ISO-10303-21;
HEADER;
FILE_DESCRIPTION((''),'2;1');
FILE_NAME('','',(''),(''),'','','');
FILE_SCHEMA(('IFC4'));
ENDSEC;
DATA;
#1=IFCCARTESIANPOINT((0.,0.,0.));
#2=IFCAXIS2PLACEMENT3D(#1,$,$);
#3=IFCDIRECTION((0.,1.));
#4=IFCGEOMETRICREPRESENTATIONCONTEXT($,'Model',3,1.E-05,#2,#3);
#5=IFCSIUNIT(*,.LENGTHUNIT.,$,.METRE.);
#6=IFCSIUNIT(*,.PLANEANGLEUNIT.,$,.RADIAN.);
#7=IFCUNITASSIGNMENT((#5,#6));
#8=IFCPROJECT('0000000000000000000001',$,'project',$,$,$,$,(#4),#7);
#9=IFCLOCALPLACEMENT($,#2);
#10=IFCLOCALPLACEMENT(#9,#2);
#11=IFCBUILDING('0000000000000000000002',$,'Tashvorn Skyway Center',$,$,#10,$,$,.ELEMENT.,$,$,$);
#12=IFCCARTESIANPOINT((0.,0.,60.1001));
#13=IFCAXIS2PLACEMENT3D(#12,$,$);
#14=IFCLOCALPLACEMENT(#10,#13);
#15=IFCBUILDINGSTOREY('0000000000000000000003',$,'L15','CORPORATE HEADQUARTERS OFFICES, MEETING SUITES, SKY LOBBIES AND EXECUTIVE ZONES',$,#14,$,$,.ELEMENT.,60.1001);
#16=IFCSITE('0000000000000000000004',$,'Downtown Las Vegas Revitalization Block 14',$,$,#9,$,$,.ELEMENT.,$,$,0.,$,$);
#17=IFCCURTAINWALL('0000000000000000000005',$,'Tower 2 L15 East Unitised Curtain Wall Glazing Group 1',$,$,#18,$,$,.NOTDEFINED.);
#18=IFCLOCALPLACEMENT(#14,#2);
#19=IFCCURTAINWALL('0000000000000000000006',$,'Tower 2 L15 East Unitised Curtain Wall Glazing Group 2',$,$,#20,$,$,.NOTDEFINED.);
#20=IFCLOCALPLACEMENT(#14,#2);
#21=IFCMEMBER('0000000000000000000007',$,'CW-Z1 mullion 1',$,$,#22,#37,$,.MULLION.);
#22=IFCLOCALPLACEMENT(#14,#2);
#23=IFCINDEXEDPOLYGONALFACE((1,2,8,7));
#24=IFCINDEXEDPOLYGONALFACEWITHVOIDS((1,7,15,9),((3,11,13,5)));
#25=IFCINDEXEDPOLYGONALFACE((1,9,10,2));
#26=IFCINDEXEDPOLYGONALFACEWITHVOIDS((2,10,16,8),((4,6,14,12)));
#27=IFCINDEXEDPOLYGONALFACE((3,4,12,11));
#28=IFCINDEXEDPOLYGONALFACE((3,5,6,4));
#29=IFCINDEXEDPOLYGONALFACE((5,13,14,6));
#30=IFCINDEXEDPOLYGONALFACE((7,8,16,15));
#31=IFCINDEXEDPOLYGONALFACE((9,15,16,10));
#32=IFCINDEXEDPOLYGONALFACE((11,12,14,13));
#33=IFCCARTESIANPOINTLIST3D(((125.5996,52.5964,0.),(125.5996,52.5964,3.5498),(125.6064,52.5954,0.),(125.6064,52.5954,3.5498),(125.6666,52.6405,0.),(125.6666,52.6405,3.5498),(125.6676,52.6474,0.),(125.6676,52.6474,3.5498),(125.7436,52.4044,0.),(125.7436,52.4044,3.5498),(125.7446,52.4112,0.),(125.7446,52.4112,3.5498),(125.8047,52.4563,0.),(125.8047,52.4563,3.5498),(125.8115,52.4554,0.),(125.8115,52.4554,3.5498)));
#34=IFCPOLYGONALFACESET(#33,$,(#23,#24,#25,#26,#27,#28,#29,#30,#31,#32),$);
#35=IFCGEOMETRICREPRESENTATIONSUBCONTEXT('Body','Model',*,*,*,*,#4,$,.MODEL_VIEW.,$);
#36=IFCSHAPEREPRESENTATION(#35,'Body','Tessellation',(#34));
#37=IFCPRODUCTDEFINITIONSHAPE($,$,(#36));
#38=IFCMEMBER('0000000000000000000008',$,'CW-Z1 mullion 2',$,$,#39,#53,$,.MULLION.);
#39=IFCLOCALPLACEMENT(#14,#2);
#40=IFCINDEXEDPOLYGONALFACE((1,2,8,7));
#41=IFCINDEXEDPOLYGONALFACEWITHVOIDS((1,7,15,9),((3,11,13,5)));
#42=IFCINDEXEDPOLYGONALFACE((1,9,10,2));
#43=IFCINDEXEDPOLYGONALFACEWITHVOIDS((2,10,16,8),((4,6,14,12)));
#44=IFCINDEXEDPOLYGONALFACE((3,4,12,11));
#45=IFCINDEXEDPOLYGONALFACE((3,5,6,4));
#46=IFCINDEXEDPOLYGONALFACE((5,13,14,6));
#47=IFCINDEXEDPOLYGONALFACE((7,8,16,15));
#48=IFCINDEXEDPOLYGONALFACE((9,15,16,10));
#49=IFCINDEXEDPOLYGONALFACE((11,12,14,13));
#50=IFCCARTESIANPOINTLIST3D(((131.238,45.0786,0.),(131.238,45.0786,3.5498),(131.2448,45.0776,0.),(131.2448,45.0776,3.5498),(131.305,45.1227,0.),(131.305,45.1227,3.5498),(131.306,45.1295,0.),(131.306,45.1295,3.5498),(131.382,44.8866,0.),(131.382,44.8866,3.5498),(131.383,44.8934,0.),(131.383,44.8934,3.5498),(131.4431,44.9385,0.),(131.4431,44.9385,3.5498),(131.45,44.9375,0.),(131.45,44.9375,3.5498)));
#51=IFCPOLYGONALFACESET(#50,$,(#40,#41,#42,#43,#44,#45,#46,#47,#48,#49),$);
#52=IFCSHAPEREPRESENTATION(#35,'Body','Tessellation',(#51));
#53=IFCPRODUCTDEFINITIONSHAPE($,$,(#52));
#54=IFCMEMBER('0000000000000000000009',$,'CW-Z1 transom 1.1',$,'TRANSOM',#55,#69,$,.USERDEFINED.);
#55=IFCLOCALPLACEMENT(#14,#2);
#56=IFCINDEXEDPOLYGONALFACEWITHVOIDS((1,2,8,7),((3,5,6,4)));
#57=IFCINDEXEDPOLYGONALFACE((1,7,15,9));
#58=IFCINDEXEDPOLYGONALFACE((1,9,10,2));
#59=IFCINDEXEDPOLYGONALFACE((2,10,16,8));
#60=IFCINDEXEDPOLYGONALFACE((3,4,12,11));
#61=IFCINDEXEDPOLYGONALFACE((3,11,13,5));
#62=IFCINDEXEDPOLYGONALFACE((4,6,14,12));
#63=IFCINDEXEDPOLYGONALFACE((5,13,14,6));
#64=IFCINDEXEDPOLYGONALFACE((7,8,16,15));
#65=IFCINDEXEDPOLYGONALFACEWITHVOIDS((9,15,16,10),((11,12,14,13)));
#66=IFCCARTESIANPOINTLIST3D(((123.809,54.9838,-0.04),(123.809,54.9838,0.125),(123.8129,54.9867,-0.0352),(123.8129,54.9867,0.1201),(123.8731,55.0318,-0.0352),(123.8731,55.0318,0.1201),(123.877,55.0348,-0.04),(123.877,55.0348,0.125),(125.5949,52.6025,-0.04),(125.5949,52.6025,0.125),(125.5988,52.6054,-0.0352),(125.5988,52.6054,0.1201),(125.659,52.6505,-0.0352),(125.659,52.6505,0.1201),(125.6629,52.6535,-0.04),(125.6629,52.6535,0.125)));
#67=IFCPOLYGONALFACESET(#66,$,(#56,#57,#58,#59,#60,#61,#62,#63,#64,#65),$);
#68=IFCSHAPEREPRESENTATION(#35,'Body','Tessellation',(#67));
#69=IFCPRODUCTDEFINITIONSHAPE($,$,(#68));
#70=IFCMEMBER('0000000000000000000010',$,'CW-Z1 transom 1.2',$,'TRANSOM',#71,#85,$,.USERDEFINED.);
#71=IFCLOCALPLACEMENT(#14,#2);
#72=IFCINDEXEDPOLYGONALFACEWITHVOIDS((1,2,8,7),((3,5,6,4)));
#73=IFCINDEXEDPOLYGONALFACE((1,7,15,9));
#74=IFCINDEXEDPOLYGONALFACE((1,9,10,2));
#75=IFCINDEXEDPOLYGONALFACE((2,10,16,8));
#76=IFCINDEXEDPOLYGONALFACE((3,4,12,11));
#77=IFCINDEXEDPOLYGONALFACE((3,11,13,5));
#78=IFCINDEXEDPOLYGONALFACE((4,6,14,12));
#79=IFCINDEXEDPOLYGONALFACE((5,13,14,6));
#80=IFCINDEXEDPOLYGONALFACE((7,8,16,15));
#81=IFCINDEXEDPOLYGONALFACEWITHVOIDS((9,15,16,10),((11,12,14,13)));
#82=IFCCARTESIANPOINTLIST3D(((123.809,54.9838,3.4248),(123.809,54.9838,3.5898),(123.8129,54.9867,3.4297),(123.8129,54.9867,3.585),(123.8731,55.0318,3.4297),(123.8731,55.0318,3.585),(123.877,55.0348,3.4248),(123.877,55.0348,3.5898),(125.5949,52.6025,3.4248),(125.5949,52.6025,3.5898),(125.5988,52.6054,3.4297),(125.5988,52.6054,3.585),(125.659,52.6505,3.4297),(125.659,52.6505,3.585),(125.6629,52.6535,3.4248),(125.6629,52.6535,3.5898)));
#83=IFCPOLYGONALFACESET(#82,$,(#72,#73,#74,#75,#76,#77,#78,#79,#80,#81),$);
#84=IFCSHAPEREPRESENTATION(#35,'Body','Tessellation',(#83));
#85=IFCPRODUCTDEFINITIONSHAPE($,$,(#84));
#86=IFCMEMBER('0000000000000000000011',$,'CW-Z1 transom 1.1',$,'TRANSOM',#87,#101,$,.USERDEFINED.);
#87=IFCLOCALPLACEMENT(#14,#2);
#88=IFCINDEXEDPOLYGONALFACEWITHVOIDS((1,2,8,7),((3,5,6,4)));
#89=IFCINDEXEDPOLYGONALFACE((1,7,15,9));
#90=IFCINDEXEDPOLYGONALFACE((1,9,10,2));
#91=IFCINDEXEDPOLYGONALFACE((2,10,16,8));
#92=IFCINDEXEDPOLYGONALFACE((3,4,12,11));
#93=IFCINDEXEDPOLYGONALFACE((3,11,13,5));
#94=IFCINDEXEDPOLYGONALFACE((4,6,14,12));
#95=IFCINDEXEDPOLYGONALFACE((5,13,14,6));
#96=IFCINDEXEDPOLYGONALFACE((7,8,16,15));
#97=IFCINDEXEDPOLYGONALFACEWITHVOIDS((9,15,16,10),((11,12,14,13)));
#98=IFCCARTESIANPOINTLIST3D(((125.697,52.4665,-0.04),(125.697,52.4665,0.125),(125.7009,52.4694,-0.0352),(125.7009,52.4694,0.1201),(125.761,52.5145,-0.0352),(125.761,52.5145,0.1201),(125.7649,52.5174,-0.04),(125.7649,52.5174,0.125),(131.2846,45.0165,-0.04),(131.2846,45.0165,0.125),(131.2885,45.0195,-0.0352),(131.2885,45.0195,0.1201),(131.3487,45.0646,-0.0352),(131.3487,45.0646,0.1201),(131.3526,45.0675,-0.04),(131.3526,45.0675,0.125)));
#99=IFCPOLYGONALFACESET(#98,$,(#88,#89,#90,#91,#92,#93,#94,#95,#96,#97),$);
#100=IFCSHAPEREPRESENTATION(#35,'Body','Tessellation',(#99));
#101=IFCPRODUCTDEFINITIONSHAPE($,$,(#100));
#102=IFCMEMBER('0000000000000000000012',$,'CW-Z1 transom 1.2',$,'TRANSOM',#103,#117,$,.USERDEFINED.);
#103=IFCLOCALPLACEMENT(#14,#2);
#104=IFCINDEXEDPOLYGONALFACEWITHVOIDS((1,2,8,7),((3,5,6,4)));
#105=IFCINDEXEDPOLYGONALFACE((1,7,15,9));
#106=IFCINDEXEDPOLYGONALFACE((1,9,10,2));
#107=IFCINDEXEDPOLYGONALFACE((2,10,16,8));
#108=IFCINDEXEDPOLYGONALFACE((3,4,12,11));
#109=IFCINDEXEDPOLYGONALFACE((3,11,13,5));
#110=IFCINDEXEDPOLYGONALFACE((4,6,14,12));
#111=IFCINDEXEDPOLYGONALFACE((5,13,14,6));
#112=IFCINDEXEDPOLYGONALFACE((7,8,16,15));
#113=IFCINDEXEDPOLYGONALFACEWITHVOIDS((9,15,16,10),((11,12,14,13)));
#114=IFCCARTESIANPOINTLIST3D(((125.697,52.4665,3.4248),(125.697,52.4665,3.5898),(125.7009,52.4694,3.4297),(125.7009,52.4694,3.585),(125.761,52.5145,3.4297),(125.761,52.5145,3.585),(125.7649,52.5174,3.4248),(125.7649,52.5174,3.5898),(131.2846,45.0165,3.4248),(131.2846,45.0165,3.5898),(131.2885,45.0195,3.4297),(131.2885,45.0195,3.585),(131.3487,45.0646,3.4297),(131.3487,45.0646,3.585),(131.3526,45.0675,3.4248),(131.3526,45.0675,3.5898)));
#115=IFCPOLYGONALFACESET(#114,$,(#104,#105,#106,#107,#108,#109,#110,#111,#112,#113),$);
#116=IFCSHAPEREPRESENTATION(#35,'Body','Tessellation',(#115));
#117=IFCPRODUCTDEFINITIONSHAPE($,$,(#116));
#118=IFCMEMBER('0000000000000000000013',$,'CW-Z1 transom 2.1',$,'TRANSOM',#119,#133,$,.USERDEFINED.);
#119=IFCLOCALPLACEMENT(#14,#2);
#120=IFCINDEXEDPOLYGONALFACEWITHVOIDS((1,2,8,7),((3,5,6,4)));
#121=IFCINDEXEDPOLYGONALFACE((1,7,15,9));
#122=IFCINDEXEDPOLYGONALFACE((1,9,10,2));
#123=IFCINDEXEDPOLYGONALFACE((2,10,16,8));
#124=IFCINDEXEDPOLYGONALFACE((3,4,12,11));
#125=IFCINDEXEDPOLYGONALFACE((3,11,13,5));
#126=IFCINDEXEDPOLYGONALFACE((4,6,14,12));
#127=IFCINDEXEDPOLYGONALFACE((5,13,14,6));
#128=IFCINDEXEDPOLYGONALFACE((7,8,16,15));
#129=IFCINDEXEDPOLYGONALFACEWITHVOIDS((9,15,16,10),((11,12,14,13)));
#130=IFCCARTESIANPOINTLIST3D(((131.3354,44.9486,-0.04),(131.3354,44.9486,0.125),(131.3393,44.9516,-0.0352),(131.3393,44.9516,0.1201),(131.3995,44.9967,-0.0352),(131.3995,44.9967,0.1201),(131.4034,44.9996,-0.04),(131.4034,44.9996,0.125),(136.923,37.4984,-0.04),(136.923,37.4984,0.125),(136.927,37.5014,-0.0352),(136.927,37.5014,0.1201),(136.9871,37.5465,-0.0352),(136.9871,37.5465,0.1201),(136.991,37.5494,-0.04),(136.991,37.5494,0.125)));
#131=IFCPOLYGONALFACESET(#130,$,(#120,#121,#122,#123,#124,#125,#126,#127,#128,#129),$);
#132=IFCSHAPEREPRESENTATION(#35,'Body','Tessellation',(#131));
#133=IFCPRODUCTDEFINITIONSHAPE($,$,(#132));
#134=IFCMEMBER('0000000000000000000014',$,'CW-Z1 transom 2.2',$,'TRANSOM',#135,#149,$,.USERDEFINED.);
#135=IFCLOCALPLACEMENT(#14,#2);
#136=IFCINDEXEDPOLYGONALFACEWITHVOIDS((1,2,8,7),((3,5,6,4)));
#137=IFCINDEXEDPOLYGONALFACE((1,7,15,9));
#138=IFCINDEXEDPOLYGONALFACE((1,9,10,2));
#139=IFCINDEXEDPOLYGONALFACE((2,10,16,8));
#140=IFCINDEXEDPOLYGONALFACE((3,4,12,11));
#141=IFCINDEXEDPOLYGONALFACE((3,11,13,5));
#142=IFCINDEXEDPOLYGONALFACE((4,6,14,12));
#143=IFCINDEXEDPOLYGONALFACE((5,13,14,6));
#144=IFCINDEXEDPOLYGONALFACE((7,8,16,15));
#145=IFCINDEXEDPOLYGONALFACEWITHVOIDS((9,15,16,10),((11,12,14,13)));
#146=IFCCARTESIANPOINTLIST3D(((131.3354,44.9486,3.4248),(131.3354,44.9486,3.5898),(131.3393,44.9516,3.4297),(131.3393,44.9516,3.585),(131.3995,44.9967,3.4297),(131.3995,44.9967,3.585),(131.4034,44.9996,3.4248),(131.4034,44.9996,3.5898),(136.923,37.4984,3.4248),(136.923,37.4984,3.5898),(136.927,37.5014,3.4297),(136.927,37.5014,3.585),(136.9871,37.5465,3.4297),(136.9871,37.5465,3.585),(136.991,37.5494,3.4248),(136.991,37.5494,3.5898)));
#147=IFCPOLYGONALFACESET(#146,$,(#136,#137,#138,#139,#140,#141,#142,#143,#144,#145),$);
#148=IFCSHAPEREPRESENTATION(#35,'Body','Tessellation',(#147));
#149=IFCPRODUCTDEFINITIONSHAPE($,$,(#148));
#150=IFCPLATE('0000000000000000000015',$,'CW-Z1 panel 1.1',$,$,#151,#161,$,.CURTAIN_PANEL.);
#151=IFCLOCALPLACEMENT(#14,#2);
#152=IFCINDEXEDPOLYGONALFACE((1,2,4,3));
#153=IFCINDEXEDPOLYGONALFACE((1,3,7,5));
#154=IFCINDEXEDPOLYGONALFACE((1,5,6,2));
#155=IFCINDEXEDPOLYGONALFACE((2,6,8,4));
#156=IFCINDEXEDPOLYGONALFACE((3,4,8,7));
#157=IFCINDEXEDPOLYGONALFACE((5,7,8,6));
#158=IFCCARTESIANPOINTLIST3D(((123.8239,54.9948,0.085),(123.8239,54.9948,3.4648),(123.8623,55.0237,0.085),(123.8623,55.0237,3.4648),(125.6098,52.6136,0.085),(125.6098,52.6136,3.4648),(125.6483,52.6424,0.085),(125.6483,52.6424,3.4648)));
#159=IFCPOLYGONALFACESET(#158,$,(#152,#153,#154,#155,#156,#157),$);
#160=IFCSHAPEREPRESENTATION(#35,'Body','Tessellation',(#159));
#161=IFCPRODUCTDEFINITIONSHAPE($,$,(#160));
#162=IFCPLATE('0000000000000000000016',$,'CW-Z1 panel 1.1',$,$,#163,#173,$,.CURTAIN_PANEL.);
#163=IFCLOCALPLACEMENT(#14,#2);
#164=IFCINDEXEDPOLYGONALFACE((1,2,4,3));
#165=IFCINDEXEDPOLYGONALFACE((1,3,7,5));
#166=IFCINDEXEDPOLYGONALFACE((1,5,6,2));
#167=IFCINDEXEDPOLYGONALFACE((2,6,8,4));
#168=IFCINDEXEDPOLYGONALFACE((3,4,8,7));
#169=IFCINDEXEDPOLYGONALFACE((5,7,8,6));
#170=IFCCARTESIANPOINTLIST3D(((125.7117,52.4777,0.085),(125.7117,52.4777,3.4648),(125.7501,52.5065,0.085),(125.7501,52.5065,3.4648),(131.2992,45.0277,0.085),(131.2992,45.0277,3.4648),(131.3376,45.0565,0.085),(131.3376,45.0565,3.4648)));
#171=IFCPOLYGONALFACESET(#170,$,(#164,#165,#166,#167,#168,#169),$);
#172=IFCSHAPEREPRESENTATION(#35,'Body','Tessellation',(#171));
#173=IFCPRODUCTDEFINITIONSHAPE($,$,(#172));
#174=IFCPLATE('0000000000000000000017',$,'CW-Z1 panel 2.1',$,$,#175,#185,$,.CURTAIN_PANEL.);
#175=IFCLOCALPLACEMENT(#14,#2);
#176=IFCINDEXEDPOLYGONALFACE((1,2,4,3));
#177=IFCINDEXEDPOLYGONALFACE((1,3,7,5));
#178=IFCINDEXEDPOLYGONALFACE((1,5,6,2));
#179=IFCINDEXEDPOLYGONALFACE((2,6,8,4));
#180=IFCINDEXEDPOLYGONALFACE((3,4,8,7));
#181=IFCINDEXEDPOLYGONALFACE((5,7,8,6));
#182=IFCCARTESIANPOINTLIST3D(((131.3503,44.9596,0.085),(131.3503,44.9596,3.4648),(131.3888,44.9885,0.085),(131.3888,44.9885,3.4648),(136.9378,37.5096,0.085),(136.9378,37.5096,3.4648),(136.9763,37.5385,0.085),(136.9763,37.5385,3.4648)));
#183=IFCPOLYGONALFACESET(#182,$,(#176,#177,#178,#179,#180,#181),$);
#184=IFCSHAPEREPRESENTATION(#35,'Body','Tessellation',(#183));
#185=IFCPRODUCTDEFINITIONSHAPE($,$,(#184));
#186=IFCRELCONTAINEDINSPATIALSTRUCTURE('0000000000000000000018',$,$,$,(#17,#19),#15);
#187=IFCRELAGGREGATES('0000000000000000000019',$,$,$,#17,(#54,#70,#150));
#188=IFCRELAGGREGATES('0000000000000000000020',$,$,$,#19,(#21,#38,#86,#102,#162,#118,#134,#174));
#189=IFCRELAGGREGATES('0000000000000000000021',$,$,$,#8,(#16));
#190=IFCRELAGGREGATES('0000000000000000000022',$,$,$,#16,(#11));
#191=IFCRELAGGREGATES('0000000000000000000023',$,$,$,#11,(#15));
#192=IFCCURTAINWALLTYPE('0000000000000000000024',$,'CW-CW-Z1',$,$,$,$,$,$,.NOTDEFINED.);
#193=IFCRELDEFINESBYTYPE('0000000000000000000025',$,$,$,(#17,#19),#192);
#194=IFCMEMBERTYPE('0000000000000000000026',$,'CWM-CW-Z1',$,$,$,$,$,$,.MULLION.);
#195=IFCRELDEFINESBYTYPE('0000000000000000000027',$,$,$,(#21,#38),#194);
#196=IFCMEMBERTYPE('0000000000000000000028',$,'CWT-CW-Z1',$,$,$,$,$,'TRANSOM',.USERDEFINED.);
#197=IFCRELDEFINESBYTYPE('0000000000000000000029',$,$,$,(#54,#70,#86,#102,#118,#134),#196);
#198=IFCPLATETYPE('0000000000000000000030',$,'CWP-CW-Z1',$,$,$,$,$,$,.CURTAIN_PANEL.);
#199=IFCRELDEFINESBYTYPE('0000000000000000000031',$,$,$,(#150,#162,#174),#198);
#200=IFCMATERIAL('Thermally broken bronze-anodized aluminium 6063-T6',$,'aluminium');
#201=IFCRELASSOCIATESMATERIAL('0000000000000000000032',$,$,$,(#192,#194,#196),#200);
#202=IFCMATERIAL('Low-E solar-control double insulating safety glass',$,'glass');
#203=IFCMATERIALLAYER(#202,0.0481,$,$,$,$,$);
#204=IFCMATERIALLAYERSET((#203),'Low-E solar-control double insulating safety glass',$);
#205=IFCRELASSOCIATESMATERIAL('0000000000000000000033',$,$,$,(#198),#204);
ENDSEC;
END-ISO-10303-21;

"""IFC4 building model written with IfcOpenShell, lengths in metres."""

from ifc_helpers import new_model, si_unit, direction, frame, origin, origin_2d, place, context, subcontext, project, spatial, rectangle, hollow_rectangle, extrude, material, layer, layer_set, material_profile, profile_set, type_object, element, aggregate, save


model = new_model("IFC4")

# Units and contexts
model_context = context("Model", 3, precision=1e-05, world=origin(), true_north=direction((0.0, 1.0)))
body_context = subcontext(model_context, "Body", "Model", "MODEL_VIEW")
ifc_project = project(units=[si_unit("LENGTHUNIT", "METRE"), si_unit("PLANEANGLEUNIT", "RADIAN")], contexts=[model_context])

# Site, building, storey
site_placement = place(None, origin())
site = spatial("IfcSite", under=ifc_project, at=site_placement, Name="Downtown Las Vegas Revitalization Block 14", CompositionType="ELEMENT", RefElevation=0.0)
building_placement = place(site_placement, origin())
building = spatial("IfcBuilding", under=site, at=building_placement, Name="Tashvorn Skyway Center", CompositionType="ELEMENT")
storey_placement = place(building_placement, frame((0.0, 0.0, 60.1001)))
storey = spatial("IfcBuildingStorey", under=building, at=storey_placement, Name="L15", Description="CORPORATE HEADQUARTERS OFFICES, MEETING SUITES, SKY LOBBIES AND EXECUTIVE ZONES", CompositionType="ELEMENT", Elevation=60.1001)

# Curtain walls, members
ifc_material_1 = material(Name="Thermally broken bronze-anodized aluminium 6063-T6", Category="aluminium")
curtain_wall_type = type_object("IfcCurtainWallType", Name="CW-CW-Z1", PredefinedType="NOTDEFINED", material=ifc_material_1)
curtain_wall_1_placement = place(storey_placement, origin())
curtain_wall_1 = element("IfcCurtainWall", 1, at=curtain_wall_1_placement, inside=storey, type_object=curtain_wall_type, Name="Tower 2 L15 East Unitised Curtain Wall Glazing Group 1", PredefinedType="NOTDEFINED")
ifc_material_profile_1 = material_profile(ifc_material_1, hollow_rectangle(XDim=0.085, YDim=0.24, WallThickness=0.0049, at=origin_2d()), Name="ALU-MULL-85x240")
ifc_profile_set_1 = profile_set([ifc_material_profile_1], Name="Thermally broken bronze-anodized aluminium 6063-T6")
member_type_1 = type_object("IfcMemberType", Name="CWM-CW-Z1", PredefinedType="MULLION", material=ifc_profile_set_1)
curtain_wall_2_placement = place(storey_placement, origin())
curtain_wall_2 = element("IfcCurtainWall", 2, at=curtain_wall_2_placement, inside=storey, type_object=curtain_wall_type, Name="Tower 2 L15 East Unitised Curtain Wall Glazing Group 2", PredefinedType="NOTDEFINED")
member_1_placement = place(storey_placement, frame((125.7056, 52.5259, 0.0), z_axis=(0.0, 0.0, 1.0), x_axis=(0.8, 0.6, 0.0)))
member_1 = element("IfcMember", 3, at=member_1_placement, type_object=member_type_1, Name="CW-Z1 mullion 1", PredefinedType="MULLION", context=body_context, shape_type="SweptSolid", body=[
    extrude(hollow_rectangle(XDim=0.085, YDim=0.24, WallThickness=0.0049, at=origin_2d()), origin(), (0.0, 0.0, 1.0), 3.5498),
])
member_2_placement = place(storey_placement, frame((131.344, 45.0081, 0.0), z_axis=(0.0, 0.0, 1.0), x_axis=(0.8, 0.6, 0.0)))
member_2 = element("IfcMember", 4, at=member_2_placement, type_object=member_type_1, Name="CW-Z1 mullion 2", PredefinedType="MULLION", context=body_context, shape_type="SweptSolid", body=[
    extrude(hollow_rectangle(XDim=0.085, YDim=0.24, WallThickness=0.0049, at=origin_2d()), origin(), (0.0, 0.0, 1.0), 3.5498),
])

# Members
ifc_material_profile_2 = material_profile(ifc_material_1, hollow_rectangle(XDim=0.085, YDim=0.165, WallThickness=0.0049, at=origin_2d()), Name="ALU-TRAN-85x165")
ifc_profile_set_2 = profile_set([ifc_material_profile_2], Name="Thermally broken bronze-anodized aluminium 6063-T6")
member_type_2 = type_object("IfcMemberType", Name="CWT-CW-Z1", ElementType="TRANSOM", PredefinedType="USERDEFINED", material=ifc_profile_set_2)
member_3_placement = place(storey_placement, frame((123.843, 55.0093, 0.0425), z_axis=(0.599974, -0.80002, 0.0), x_axis=(0.80002, 0.599974, 0.0)))
member_3 = element("IfcMember", 5, at=member_3_placement, type_object=member_type_2, Name="CW-Z1 transom 1.1", ObjectType="TRANSOM", PredefinedType="USERDEFINED", context=body_context, shape_type="SweptSolid", body=[
    extrude(hollow_rectangle(XDim=0.085, YDim=0.165, WallThickness=0.0049, at=origin_2d()), origin(), (0.0, 0.0, 1.0), 2.9766),
])
member_4_placement = place(storey_placement, frame((123.843, 55.0093, 3.5073), z_axis=(0.599974, -0.80002, 0.0), x_axis=(0.80002, 0.599974, 0.0)))
member_4 = element("IfcMember", 6, at=member_4_placement, type_object=member_type_2, Name="CW-Z1 transom 1.2", ObjectType="TRANSOM", PredefinedType="USERDEFINED", context=body_context, shape_type="SweptSolid", body=[
    extrude(hollow_rectangle(XDim=0.085, YDim=0.165, WallThickness=0.0049, at=origin_2d()), origin(), (0.0, 0.0, 1.0), 2.9766),
])
member_5_placement = place(storey_placement, frame((125.731, 52.4919, 0.0425), z_axis=(0.600013, -0.799991, 0.0), x_axis=(0.799991, 0.600013, 0.0)))
member_5 = element("IfcMember", 7, at=member_5_placement, type_object=member_type_2, Name="CW-Z1 transom 1.1", ObjectType="TRANSOM", PredefinedType="USERDEFINED", context=body_context, shape_type="SweptSolid", body=[
    extrude(hollow_rectangle(XDim=0.085, YDim=0.165, WallThickness=0.0049, at=origin_2d()), origin(), (0.0, 0.0, 1.0), 9.3125),
])
member_6_placement = place(storey_placement, frame((125.731, 52.4919, 3.5073), z_axis=(0.600013, -0.799991, 0.0), x_axis=(0.799991, 0.600013, 0.0)))
member_6 = element("IfcMember", 8, at=member_6_placement, type_object=member_type_2, Name="CW-Z1 transom 1.2", ObjectType="TRANSOM", PredefinedType="USERDEFINED", context=body_context, shape_type="SweptSolid", body=[
    extrude(hollow_rectangle(XDim=0.085, YDim=0.165, WallThickness=0.0049, at=origin_2d()), origin(), (0.0, 0.0, 1.0), 9.3125),
])
member_7_placement = place(storey_placement, frame((131.3694, 44.9741, 0.0425), z_axis=(0.6, -0.8, 0.0), x_axis=(0.8, 0.6, 0.0)))
member_7 = element("IfcMember", 9, at=member_7_placement, type_object=member_type_2, Name="CW-Z1 transom 2.1", ObjectType="TRANSOM", PredefinedType="USERDEFINED", context=body_context, shape_type="SweptSolid", body=[
    extrude(hollow_rectangle(XDim=0.085, YDim=0.165, WallThickness=0.0049, at=origin_2d()), origin(), (0.0, 0.0, 1.0), 9.3127),
])
member_8_placement = place(storey_placement, frame((131.3694, 44.9741, 3.5073), z_axis=(0.6, -0.8, 0.0), x_axis=(0.8, 0.6, 0.0)))
member_8 = element("IfcMember", 10, at=member_8_placement, type_object=member_type_2, Name="CW-Z1 transom 2.2", ObjectType="TRANSOM", PredefinedType="USERDEFINED", context=body_context, shape_type="SweptSolid", body=[
    extrude(hollow_rectangle(XDim=0.085, YDim=0.165, WallThickness=0.0049, at=origin_2d()), origin(), (0.0, 0.0, 1.0), 9.3127),
])

# Plates
ifc_material_2 = material(Name="Low-E solar-control double insulating safety glass", Category="glass")
ifc_layer_1 = layer(ifc_material_2, 0.0481)
ifc_layer_set_1 = layer_set([ifc_layer_1], Name="Low-E solar-control double insulating safety glass")
plate_type = type_object("IfcPlateType", Name="CWP-CW-Z1", PredefinedType="CURTAIN_PANEL", material=ifc_layer_set_1)
plate_1_placement = place(storey_placement, frame((124.7361, 53.8186, 0.085), z_axis=(0.0, 0.0, 1.0), x_axis=(0.600005, -0.799996, 0.0)))
plate_1 = element("IfcPlate", 11, at=plate_1_placement, type_object=plate_type, Name="CW-Z1 panel 1.1", PredefinedType="CURTAIN_PANEL", context=body_context, shape_type="SweptSolid", body=[
    extrude(rectangle(XDim=2.9766, YDim=0.0481, at=origin_2d()), origin(), (0.0, 0.0, 1.0), 3.3799),
])
aggregate(curtain_wall_1, [member_3, member_4, plate_1])
plate_2_placement = place(storey_placement, frame((128.5247, 48.7671, 0.085), z_axis=(0.0, 0.0, 1.0), x_axis=(0.6, -0.8, 0.0)))
plate_2 = element("IfcPlate", 12, at=plate_2_placement, type_object=plate_type, Name="CW-Z1 panel 1.1", PredefinedType="CURTAIN_PANEL", context=body_context, shape_type="SweptSolid", body=[
    extrude(rectangle(XDim=9.3125, YDim=0.0481, at=origin_2d()), origin(), (0.0, 0.0, 1.0), 3.3799),
])
plate_3_placement = place(storey_placement, frame((134.1633, 41.249, 0.085), z_axis=(0.0, 0.0, 1.0), x_axis=(0.6, -0.8, 0.0)))
plate_3 = element("IfcPlate", 13, at=plate_3_placement, type_object=plate_type, Name="CW-Z1 panel 2.1", PredefinedType="CURTAIN_PANEL", context=body_context, shape_type="SweptSolid", body=[
    extrude(rectangle(XDim=9.3125, YDim=0.0481, at=origin_2d()), origin(), (0.0, 0.0, 1.0), 3.3799),
])
aggregate(curtain_wall_2, [member_1, member_2, member_5, member_6, plate_2, member_7, member_8, plate_3])

save(model, "model.ifc")
